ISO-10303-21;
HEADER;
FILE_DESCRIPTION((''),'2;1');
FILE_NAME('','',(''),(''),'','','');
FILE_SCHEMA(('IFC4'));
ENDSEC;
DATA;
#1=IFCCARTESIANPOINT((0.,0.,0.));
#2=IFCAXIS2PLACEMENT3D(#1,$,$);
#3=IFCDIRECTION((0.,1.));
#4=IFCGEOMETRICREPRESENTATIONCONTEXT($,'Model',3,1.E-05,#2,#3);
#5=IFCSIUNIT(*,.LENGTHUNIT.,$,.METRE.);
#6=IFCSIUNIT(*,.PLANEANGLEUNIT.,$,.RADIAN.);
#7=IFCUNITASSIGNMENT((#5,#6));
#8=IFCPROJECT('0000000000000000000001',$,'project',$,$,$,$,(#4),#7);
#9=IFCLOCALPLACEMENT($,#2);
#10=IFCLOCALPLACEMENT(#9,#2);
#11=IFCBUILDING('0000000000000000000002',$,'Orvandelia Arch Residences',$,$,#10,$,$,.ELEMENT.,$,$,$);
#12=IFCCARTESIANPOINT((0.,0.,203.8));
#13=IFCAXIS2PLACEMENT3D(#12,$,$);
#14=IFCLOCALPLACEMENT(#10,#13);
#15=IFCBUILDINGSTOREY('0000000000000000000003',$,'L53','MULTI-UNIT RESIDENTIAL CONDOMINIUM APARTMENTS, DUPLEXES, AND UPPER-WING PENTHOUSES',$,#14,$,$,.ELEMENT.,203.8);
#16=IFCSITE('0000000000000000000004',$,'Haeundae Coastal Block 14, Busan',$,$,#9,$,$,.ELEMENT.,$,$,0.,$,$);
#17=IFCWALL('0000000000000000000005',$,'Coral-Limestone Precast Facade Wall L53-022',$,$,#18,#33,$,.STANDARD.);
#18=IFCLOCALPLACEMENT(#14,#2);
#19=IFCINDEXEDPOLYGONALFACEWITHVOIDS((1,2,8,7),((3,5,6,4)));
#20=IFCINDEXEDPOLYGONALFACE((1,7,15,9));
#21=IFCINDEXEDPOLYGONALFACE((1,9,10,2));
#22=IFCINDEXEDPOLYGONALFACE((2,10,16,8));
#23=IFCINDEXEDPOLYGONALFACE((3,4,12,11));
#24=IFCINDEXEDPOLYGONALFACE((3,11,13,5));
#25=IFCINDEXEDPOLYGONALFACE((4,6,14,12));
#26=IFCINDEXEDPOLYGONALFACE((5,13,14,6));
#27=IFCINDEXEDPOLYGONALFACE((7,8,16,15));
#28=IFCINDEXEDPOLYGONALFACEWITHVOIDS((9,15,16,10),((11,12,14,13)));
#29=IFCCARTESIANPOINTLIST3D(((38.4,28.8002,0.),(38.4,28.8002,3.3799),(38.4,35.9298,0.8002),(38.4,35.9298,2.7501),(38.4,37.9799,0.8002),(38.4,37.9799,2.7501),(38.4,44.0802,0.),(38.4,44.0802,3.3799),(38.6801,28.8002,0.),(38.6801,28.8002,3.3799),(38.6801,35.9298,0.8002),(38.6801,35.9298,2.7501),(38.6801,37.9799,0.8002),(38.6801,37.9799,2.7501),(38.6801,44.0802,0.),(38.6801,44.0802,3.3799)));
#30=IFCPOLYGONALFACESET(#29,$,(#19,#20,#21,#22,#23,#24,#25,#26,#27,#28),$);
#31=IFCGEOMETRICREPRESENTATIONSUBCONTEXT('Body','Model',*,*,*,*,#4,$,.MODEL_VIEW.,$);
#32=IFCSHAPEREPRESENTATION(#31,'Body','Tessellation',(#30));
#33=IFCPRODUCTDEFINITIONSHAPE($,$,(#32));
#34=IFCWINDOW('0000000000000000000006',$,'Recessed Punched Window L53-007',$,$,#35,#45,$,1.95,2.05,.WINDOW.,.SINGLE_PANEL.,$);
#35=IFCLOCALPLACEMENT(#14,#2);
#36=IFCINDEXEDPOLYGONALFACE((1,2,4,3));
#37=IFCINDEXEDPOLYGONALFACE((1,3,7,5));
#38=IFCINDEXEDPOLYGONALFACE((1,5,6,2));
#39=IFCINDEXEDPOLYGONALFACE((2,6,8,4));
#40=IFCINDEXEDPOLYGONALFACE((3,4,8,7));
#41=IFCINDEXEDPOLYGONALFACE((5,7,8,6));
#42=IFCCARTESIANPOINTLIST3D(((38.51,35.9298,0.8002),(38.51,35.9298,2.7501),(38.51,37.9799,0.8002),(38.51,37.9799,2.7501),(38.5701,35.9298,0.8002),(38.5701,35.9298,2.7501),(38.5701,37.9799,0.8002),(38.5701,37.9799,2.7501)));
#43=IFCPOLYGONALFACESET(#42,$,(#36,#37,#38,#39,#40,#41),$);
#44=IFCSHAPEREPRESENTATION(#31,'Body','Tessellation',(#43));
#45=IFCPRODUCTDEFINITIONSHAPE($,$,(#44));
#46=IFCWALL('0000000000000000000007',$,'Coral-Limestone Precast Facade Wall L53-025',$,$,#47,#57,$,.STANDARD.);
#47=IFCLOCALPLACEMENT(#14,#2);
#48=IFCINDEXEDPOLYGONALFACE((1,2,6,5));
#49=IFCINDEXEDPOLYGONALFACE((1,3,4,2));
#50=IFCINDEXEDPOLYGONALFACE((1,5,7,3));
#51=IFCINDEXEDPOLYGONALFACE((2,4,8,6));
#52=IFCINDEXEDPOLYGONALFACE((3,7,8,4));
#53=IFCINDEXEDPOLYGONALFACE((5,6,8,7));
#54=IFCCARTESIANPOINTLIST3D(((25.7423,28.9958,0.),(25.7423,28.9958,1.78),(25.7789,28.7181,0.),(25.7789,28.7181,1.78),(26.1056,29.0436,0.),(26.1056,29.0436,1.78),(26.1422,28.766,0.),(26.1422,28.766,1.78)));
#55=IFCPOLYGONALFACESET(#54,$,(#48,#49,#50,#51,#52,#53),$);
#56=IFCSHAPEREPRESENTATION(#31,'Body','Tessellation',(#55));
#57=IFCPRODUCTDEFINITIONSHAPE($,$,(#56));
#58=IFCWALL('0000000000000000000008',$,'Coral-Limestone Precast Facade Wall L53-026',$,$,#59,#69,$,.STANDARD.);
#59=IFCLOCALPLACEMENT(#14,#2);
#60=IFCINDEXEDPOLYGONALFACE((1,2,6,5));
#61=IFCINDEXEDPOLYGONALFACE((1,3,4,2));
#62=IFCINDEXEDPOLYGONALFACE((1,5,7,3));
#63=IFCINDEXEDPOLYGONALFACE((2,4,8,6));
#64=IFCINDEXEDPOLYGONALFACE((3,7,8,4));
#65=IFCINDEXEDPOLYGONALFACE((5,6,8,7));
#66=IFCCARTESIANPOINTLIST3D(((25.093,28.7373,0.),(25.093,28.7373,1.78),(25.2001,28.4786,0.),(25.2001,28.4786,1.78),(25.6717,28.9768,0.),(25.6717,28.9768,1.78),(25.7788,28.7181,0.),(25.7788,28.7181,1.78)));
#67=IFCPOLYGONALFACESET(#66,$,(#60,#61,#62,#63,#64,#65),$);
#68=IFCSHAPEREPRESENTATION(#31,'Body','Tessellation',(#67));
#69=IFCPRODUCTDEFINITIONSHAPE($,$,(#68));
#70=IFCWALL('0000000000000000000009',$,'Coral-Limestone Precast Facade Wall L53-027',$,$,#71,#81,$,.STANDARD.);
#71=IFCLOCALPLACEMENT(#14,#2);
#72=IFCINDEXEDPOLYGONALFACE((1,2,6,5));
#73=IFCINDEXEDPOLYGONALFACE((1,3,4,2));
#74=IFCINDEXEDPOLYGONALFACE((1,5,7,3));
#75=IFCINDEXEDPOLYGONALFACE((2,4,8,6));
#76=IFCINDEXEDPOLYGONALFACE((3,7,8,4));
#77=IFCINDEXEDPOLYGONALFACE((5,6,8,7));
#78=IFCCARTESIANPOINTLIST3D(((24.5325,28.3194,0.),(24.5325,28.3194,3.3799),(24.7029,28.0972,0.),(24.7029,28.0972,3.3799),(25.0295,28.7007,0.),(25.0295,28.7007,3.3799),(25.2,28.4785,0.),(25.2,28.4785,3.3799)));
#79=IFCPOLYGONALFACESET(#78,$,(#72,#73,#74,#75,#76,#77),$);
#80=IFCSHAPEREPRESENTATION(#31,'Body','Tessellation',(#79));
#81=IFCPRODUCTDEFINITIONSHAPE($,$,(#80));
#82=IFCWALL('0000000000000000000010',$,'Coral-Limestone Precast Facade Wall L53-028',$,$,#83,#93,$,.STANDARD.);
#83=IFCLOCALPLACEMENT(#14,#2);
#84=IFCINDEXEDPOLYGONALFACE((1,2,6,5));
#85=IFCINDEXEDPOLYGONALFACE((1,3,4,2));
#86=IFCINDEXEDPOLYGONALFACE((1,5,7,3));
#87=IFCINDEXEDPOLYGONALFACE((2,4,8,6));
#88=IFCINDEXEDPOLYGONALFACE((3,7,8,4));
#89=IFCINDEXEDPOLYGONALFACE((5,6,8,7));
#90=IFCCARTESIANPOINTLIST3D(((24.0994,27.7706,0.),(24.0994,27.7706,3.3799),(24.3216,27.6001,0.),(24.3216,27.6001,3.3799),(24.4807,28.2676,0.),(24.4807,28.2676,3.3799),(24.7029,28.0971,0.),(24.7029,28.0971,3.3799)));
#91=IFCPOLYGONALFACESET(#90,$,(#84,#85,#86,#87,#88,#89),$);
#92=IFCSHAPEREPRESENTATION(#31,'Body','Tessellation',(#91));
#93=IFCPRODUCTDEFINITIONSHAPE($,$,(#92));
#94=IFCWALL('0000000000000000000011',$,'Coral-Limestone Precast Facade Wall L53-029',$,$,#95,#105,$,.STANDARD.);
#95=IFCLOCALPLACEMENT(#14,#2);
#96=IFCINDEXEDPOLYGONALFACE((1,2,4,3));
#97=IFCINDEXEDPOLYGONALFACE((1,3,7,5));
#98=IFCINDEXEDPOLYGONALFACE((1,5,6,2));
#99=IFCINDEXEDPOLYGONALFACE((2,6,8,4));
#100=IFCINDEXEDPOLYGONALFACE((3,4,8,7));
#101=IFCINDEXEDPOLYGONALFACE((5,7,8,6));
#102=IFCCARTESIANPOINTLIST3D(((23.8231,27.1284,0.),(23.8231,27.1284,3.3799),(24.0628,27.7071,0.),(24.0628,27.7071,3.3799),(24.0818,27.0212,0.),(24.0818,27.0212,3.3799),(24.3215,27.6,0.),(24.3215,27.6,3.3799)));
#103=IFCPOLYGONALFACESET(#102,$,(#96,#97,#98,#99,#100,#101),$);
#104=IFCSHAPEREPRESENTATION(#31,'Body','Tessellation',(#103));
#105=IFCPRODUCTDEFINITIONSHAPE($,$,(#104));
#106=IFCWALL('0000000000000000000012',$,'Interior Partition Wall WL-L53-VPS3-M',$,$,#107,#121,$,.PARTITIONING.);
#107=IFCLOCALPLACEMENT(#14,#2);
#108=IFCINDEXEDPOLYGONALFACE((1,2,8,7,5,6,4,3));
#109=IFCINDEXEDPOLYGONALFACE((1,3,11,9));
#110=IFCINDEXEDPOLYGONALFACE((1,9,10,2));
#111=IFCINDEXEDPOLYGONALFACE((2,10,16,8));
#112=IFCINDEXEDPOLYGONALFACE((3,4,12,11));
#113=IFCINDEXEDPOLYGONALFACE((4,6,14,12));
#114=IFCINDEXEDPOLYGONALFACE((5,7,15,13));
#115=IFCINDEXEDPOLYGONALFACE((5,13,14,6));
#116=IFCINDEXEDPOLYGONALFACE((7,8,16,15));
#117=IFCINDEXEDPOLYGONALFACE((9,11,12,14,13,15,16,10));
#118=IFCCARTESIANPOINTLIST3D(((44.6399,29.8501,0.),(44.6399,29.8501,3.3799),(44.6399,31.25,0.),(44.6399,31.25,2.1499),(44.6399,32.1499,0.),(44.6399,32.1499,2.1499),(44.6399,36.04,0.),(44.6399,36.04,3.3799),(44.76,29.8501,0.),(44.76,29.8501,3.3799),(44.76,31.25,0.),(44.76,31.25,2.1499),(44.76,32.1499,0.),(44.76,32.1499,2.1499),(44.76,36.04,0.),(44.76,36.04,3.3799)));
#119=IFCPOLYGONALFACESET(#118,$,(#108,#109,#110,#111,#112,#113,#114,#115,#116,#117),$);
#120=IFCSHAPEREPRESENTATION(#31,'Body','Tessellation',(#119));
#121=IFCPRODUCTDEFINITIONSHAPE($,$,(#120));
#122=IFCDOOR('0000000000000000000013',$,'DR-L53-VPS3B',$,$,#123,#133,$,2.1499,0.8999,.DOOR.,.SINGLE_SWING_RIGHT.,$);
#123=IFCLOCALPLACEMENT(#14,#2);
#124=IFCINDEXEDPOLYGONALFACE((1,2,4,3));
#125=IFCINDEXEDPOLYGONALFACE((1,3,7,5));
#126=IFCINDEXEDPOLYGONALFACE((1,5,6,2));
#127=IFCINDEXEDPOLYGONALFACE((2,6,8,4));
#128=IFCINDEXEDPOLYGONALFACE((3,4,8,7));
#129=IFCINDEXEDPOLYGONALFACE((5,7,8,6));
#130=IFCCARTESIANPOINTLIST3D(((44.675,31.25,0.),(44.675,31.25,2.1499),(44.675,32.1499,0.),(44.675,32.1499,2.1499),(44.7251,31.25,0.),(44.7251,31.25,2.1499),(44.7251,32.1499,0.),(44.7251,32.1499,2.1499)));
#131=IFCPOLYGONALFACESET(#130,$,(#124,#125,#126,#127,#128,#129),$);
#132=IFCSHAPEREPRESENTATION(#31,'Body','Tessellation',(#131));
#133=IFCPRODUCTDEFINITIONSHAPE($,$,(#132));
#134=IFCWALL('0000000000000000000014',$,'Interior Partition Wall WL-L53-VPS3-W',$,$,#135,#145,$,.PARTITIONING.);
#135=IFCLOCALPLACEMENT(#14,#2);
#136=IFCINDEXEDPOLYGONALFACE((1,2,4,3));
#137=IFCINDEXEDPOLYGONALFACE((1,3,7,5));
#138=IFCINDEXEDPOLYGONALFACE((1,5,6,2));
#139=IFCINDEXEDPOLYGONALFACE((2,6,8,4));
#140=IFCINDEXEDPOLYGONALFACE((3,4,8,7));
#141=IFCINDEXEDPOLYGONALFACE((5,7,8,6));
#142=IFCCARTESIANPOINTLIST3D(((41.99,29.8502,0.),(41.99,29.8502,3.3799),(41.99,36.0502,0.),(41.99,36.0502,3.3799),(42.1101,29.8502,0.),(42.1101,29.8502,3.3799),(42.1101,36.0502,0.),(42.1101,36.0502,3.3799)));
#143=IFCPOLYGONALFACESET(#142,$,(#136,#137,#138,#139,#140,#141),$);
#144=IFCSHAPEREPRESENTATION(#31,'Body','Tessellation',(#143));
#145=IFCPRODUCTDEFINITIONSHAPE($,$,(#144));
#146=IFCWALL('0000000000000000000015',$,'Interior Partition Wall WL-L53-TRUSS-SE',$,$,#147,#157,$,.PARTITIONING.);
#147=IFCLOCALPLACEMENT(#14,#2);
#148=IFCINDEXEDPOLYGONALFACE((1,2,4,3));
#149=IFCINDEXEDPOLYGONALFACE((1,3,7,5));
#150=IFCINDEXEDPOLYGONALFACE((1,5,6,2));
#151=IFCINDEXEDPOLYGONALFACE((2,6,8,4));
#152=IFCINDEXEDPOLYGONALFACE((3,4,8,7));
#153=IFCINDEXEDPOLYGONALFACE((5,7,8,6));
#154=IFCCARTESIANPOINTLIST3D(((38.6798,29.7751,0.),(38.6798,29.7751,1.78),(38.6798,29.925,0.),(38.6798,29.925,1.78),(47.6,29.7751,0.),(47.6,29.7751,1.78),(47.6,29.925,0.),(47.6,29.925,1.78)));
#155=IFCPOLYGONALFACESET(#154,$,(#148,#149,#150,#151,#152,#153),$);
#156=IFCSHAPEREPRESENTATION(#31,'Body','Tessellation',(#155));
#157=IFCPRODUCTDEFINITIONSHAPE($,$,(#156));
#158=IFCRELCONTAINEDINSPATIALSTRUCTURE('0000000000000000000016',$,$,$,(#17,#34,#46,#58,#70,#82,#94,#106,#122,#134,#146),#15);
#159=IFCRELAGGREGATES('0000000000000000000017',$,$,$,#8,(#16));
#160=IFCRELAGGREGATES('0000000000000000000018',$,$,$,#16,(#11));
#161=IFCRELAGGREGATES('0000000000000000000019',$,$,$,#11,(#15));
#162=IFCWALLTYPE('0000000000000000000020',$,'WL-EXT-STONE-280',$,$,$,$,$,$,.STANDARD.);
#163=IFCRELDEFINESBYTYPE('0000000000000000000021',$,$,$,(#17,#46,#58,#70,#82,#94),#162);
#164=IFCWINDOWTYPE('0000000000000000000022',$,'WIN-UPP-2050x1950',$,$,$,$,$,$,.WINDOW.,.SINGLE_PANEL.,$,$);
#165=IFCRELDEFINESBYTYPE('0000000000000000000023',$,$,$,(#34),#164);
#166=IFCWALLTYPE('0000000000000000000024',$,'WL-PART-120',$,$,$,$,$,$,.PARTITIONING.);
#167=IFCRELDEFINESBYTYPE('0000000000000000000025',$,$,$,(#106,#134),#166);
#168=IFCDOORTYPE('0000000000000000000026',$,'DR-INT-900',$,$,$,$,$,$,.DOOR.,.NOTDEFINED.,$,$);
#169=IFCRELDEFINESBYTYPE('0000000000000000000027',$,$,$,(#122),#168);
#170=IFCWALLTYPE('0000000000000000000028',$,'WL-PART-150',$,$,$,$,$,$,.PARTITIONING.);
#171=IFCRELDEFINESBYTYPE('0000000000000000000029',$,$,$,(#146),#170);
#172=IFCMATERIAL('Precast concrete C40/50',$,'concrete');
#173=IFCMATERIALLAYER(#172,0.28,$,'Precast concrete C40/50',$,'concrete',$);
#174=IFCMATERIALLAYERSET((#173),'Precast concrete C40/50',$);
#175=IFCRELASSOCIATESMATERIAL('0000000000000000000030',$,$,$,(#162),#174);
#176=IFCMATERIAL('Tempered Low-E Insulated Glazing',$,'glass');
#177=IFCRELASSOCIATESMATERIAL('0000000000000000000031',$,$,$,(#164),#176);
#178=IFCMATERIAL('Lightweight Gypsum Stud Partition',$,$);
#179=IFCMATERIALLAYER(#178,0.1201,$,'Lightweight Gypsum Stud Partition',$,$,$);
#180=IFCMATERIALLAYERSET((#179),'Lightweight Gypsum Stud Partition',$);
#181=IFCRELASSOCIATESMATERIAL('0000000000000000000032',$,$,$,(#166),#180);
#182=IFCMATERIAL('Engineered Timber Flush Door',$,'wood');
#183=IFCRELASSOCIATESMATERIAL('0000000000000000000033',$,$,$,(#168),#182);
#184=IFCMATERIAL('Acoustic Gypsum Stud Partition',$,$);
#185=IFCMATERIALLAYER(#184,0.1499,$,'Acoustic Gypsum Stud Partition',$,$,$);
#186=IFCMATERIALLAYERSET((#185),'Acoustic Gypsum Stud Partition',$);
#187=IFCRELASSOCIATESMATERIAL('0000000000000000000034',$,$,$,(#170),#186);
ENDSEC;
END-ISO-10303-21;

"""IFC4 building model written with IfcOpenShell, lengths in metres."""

from ifc_helpers import new_model, si_unit, direction, frame, frame_2d, origin, place, context, subcontext, project, spatial, rectangle, extrude, material, layer, layer_set, type_object, element, fill, save


model = new_model("IFC4")

# Units and contexts
model_context = context("Model", 3, precision=1e-05, world=origin(), true_north=direction((0.0, 1.0)))
body_context = subcontext(model_context, "Body", "Model", "MODEL_VIEW")
ifc_project = project(units=[si_unit("LENGTHUNIT", "METRE"), si_unit("PLANEANGLEUNIT", "RADIAN")], contexts=[model_context])

# Site, building, storey
site_placement = place(None, origin())
site = spatial("IfcSite", under=ifc_project, at=site_placement, Name="Haeundae Coastal Block 14, Busan", CompositionType="ELEMENT", RefElevation=0.0)
building_placement = place(site_placement, origin())
building = spatial("IfcBuilding", under=site, at=building_placement, Name="Orvandelia Arch Residences", CompositionType="ELEMENT")
storey_placement = place(building_placement, frame((0.0, 0.0, 203.8)))
storey = spatial("IfcBuildingStorey", under=building, at=storey_placement, Name="L53", Description="MULTI-UNIT RESIDENTIAL CONDOMINIUM APARTMENTS, DUPLEXES, AND UPPER-WING PENTHOUSES", CompositionType="ELEMENT", Elevation=203.8)

# Shared definitions
ifc_material_1 = material(Name="Precast concrete C40/50", Category="concrete")
ifc_layer_1 = layer(ifc_material_1, 0.28, Name="Precast concrete C40/50", Category="concrete")
ifc_layer_set_1 = layer_set([ifc_layer_1], Name="Precast concrete C40/50")
wall_type_1 = type_object("IfcWallType", Name="WL-EXT-STONE-280", PredefinedType="STANDARD", material=ifc_layer_set_1)

# Wall, opening, window
wall_1_placement = place(storey_placement, frame((38.54, 28.8, 0.0), z_axis=(0.0, 0.0, 1.0), x_axis=(0.0, 1.0, 0.0)))
wall_1 = element("IfcWall", 1, at=wall_1_placement, inside=storey, type_object=wall_type_1, Name="Coral-Limestone Precast Facade Wall L53-022", PredefinedType="STANDARD", context=body_context, shape_type="SweptSolid", body=[
    extrude(rectangle(XDim=15.28, YDim=0.28, at=frame_2d((7.6401, 0.0))), origin(), (0.0, 0.0, 1.0), 3.3799),
])
opening_1_placement = place(wall_1_placement, frame((7.1299, 0.0, 0.8)))
opening_1 = element("IfcOpeningElement", 2, at=opening_1_placement, cuts=wall_1, PredefinedType="OPENING", context=body_context, shape_type="SweptSolid", body=[
    extrude(rectangle(XDim=2.05, YDim=1.95, at=frame_2d((1.0249, 0.9751))), frame((0.0, 0.1499, 0.0), z_axis=(0.0, -1.0, 0.0), x_axis=(1.0, 0.0, 0.0)), (0.0, 0.0, 1.0), 0.3),
])
ifc_material_2 = material(Name="Tempered Low-E Insulated Glazing", Category="glass")
window_type = type_object("IfcWindowType", Name="WIN-UPP-2050x1950", PartitioningType="SINGLE_PANEL", PredefinedType="WINDOW", material=ifc_material_2)
window_placement = place(opening_1_placement, origin())
window = element("IfcWindow", 3, at=window_placement, inside=storey, type_object=window_type, Name="Recessed Punched Window L53-007", OverallHeight=1.95, OverallWidth=2.05, PartitioningType="SINGLE_PANEL", PredefinedType="WINDOW", context=body_context, shape_type="SweptSolid", body=[
    extrude(rectangle(XDim=2.05, YDim=1.95, at=frame_2d((1.0249, 0.9751))), frame((0.0, 0.03, 0.0), z_axis=(0.0, -1.0, 0.0), x_axis=(1.0, 0.0, 0.0)), (0.0, 0.0, 1.0), 0.0601),
])
fill(opening_1, window)

# Walls
wall_2_placement = place(storey_placement, frame((26.1238, 28.9048, 0.0), z_axis=(0.0, 0.0, 1.0), x_axis=(-0.991436, -0.130592, 0.0)))
element("IfcWall", 4, at=wall_2_placement, inside=storey, type_object=wall_type_1, Name="Coral-Limestone Precast Facade Wall L53-025", PredefinedType="STANDARD", context=body_context, shape_type="SweptSolid", body=[
    extrude(rectangle(XDim=0.3665, YDim=0.28, at=frame_2d((0.1831, 0.0))), origin(), (0.0, 0.0, 1.0), 1.78),
])
wall_3_placement = place(storey_placement, frame((25.7251, 28.8474, 0.0), z_axis=(0.0, 0.0, 1.0), x_axis=(-0.923974, -0.382455, 0.0)))
element("IfcWall", 5, at=wall_3_placement, inside=storey, type_object=wall_type_1, Name="Coral-Limestone Precast Facade Wall L53-026", PredefinedType="STANDARD", context=body_context, shape_type="SweptSolid", body=[
    extrude(rectangle(XDim=0.6262, YDim=0.28, at=frame_2d((0.313, 0.0))), origin(), (0.0, 0.0, 1.0), 1.78),
])
for number, where, z_axis, x_axis, name in (
    (6, (25.1147, 28.5896, 0.0), (0.0, 0.0, 1.0), (-0.793406, -0.608693, 0.0), "Coral-Limestone Precast Facade Wall L53-027"),
    (7, (24.5918, 28.1824, 0.0), (0.0, 0.0, 1.0), (-0.608693, -0.793406, 0.0), "Coral-Limestone Precast Facade Wall L53-028"),
    (8, (24.1921, 27.6536, 0.0), (0.0, 0.0, 1.0), (-0.38265, -0.923893, 0.0), "Coral-Limestone Precast Facade Wall L53-029"),
):
    element("IfcWall", number, at=place(storey_placement, frame(where, z_axis=z_axis, x_axis=x_axis)), inside=storey, type_object=wall_type_1, Name=name, PredefinedType="STANDARD", context=body_context, shape_type="SweptSolid", body=[
        extrude(rectangle(XDim=0.6265, YDim=0.28, at=frame_2d((0.3132, 0.0))), origin(), (0.0, 0.0, 1.0), 3.3799),
    ])

# Wall, opening, door
ifc_material_3 = material(Name="Lightweight Gypsum Stud Partition")
ifc_layer_2 = layer(ifc_material_3, 0.1201, Name="Lightweight Gypsum Stud Partition")
ifc_layer_set_2 = layer_set([ifc_layer_2], Name="Lightweight Gypsum Stud Partition")
wall_type_2 = type_object("IfcWallType", Name="WL-PART-120", PredefinedType="PARTITIONING", material=ifc_layer_set_2)
wall_4_placement = place(storey_placement, frame((44.7, 29.8501, 0.0), z_axis=(0.0, 0.0, 1.0), x_axis=(0.0, 1.0, 0.0)))
wall_4 = element("IfcWall", 9, at=wall_4_placement, inside=storey, type_object=wall_type_2, Name="Interior Partition Wall WL-L53-VPS3-M", PredefinedType="PARTITIONING", context=body_context, shape_type="SweptSolid", body=[
    extrude(rectangle(XDim=6.1899, YDim=0.1201, at=frame_2d((3.095, 0.0))), origin(), (0.0, 0.0, 1.0), 3.3799),
])
opening_2_placement = place(wall_4_placement, frame((1.3999, 0.0, 0.0)))
opening_2 = element("IfcOpeningElement", 10, at=opening_2_placement, cuts=wall_4, PredefinedType="OPENING", context=body_context, shape_type="SweptSolid", body=[
    extrude(rectangle(XDim=0.8999, YDim=2.1499, at=frame_2d((0.45, 1.075))), frame((0.0, 0.0701, 0.0), z_axis=(0.0, -1.0, 0.0), x_axis=(1.0, 0.0, 0.0)), (0.0, 0.0, 1.0), 0.1401),
])
ifc_material_4 = material(Name="Engineered Timber Flush Door", Category="wood")
door_type_1 = type_object("IfcDoorType", Name="DR-INT-900", OperationType="NOTDEFINED", PredefinedType="DOOR", material=ifc_material_4)
door_1_placement = place(opening_2_placement, origin())
door_1 = element("IfcDoor", 11, at=door_1_placement, inside=storey, type_object=door_type_1, Name="DR-L53-VPS3B", OperationType="SINGLE_SWING_RIGHT", OverallHeight=2.1499, OverallWidth=0.8999, PredefinedType="DOOR", context=body_context, shape_type="SweptSolid", body=[
    extrude(rectangle(XDim=0.8999, YDim=2.1499, at=frame_2d((0.45, 1.075))), frame((0.0, 0.0249, 0.0), z_axis=(0.0, -1.0, 0.0), x_axis=(1.0, 0.0, 0.0)), (0.0, 0.0, 1.0), 0.05),
])
fill(opening_2, door_1)

# Walls
wall_5_placement = place(storey_placement, frame((42.05, 29.8501, 0.0), z_axis=(0.0, 0.0, 1.0), x_axis=(0.0, 1.0, 0.0)))
element("IfcWall", 12, at=wall_5_placement, inside=storey, type_object=wall_type_2, Name="Interior Partition Wall WL-L53-VPS3-W", PredefinedType="PARTITIONING", context=body_context, shape_type="SweptSolid", body=[
    extrude(rectangle(XDim=6.2, YDim=0.1201, at=frame_2d((3.1001, 0.0))), origin(), (0.0, 0.0, 1.0), 3.3799),
])
ifc_material_5 = material(Name="Acoustic Gypsum Stud Partition")
ifc_layer_3 = layer(ifc_material_5, 0.1499, Name="Acoustic Gypsum Stud Partition")
ifc_layer_set_3 = layer_set([ifc_layer_3], Name="Acoustic Gypsum Stud Partition")
wall_type_3 = type_object("IfcWallType", Name="WL-PART-150", PredefinedType="PARTITIONING", material=ifc_layer_set_3)
wall_6_placement = place(storey_placement, frame((38.6799, 29.8501, 0.0), z_axis=(0.0, 0.0, 1.0), x_axis=(1.0, 0.0, 0.0)))
element("IfcWall", 13, at=wall_6_placement, inside=storey, type_object=wall_type_3, Name="Interior Partition Wall WL-L53-TRUSS-SE", PredefinedType="PARTITIONING", context=body_context, shape_type="SweptSolid", body=[
    extrude(rectangle(XDim=8.9202, YDim=0.1499, at=frame_2d((4.46, 0.0))), origin(), (0.0, 0.0, 1.0), 1.78),
])

save(model, "model.ifc")
